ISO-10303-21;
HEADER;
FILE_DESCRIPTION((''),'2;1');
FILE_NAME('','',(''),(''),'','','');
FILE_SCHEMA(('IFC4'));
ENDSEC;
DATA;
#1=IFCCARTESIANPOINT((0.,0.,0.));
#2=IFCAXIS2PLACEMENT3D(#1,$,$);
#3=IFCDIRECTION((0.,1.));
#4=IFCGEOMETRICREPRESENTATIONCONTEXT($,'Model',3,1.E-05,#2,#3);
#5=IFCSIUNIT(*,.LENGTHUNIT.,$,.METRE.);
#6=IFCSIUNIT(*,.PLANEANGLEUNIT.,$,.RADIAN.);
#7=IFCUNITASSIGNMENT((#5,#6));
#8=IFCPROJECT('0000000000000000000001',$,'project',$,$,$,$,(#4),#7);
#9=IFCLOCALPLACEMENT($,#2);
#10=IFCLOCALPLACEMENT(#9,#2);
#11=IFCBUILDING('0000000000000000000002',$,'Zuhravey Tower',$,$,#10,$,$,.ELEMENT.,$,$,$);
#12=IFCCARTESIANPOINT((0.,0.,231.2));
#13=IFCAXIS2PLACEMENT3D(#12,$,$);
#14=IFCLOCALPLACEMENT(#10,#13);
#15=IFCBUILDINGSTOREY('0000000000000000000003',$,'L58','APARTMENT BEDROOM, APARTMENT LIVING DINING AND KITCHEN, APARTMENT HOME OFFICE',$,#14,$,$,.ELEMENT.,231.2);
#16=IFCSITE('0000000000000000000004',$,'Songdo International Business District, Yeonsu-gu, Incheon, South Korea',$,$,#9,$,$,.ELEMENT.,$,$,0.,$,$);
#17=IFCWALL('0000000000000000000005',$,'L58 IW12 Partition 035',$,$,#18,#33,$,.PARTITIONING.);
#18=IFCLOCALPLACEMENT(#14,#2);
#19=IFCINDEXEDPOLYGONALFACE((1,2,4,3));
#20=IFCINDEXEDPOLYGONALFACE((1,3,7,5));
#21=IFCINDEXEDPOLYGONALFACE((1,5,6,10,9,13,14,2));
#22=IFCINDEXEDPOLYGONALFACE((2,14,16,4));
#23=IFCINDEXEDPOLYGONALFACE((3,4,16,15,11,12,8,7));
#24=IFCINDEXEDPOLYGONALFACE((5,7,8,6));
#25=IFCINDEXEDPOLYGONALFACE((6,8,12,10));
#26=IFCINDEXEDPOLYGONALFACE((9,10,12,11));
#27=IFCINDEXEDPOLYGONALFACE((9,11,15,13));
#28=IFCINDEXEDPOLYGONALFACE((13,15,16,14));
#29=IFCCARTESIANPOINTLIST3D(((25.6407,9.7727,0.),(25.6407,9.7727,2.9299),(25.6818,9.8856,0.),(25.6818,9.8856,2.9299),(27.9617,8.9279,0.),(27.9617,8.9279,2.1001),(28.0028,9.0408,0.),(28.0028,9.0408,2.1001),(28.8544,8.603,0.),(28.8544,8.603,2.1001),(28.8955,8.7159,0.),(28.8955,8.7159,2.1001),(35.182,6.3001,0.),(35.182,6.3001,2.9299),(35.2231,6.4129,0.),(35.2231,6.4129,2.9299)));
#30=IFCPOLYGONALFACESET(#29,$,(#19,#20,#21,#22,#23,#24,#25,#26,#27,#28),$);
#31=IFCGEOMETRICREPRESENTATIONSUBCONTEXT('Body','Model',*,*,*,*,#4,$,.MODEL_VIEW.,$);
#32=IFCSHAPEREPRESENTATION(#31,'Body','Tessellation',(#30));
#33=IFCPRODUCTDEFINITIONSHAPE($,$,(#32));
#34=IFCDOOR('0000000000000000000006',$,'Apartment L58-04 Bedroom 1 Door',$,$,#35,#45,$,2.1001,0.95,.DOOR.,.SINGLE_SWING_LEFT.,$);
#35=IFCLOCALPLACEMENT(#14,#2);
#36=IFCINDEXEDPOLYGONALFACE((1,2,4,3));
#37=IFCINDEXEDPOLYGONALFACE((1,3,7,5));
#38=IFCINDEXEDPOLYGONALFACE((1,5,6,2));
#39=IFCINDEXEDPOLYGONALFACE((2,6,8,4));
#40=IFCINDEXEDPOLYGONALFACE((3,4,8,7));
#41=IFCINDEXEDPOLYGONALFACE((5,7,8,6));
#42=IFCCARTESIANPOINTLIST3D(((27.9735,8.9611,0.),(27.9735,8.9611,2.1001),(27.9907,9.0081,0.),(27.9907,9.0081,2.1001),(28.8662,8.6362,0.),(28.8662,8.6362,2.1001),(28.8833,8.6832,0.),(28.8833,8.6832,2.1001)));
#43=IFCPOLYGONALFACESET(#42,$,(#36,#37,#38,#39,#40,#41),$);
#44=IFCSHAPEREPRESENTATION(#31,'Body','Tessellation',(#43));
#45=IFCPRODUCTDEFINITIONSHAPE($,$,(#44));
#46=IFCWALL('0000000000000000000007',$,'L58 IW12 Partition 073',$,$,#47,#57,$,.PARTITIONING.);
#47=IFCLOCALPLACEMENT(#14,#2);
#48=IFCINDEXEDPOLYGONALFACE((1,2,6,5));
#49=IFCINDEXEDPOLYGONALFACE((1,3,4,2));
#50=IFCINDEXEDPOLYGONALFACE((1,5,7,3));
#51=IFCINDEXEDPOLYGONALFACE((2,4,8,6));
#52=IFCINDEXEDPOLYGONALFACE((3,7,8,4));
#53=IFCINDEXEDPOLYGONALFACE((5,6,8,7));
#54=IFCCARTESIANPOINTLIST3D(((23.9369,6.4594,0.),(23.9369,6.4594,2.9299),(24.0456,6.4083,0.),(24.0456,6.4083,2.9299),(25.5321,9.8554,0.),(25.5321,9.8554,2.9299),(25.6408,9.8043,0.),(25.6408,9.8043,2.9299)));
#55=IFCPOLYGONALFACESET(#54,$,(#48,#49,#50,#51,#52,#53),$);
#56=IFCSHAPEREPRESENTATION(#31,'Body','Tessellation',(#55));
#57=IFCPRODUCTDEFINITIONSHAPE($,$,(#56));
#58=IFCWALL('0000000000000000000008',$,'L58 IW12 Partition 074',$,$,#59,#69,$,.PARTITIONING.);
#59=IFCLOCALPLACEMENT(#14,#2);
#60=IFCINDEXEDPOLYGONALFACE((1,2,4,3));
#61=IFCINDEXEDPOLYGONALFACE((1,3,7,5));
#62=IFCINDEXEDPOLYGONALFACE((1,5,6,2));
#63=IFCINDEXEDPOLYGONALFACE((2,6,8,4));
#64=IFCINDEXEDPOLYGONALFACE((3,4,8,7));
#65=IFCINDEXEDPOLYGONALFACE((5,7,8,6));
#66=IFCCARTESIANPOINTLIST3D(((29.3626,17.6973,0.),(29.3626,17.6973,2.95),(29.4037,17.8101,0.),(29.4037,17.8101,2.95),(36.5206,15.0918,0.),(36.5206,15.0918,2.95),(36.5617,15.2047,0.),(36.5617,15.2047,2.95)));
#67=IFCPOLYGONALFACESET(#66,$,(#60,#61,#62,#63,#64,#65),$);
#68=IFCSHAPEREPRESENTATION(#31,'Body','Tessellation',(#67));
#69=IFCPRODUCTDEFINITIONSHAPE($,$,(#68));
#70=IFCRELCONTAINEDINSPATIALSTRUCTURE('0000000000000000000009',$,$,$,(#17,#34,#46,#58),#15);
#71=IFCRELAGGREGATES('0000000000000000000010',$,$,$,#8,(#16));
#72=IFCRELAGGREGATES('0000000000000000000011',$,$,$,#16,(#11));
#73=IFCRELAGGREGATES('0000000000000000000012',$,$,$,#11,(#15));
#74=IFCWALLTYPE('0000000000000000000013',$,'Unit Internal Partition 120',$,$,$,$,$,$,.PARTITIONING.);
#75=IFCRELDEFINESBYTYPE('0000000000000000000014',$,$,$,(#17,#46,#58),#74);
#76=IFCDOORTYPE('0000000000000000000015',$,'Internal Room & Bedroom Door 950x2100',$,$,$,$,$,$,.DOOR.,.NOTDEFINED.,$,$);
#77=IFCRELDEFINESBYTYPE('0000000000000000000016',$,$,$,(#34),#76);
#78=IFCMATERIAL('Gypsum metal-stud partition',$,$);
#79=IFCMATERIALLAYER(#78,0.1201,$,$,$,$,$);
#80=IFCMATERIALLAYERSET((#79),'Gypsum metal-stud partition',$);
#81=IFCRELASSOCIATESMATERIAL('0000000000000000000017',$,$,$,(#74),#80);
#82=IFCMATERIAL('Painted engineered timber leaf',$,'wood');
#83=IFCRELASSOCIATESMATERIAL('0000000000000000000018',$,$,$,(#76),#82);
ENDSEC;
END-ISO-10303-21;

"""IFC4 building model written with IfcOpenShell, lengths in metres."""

from ifc_helpers import new_model, si_unit, direction, frame, frame_2d, origin, place, context, subcontext, project, spatial, rectangle, extrude, material, layer, layer_set, type_object, element, fill, save


model = new_model("IFC4")

# Units and contexts
model_context = context("Model", 3, precision=1e-05, world=origin(), true_north=direction((0.0, 1.0)))
body_context = subcontext(model_context, "Body", "Model", "MODEL_VIEW")
ifc_project = project(units=[si_unit("LENGTHUNIT", "METRE"), si_unit("PLANEANGLEUNIT", "RADIAN")], contexts=[model_context])

# Site, building, storey
site_placement = place(None, origin())
site = spatial("IfcSite", under=ifc_project, at=site_placement, Name="Songdo International Business District, Yeonsu-gu, Incheon, South Korea", CompositionType="ELEMENT", RefElevation=0.0)
building_placement = place(site_placement, origin())
building = spatial("IfcBuilding", under=site, at=building_placement, Name="Zuhravey Tower", CompositionType="ELEMENT")
storey_placement = place(building_placement, frame((0.0, 0.0, 231.2)))
storey = spatial("IfcBuildingStorey", under=building, at=storey_placement, Name="L58", Description="APARTMENT BEDROOM, APARTMENT LIVING DINING AND KITCHEN, APARTMENT HOME OFFICE", CompositionType="ELEMENT", Elevation=231.2)

# Wall, opening, door
ifc_material_1 = material(Name="Gypsum metal-stud partition")
ifc_layer_1 = layer(ifc_material_1, 0.1201)
ifc_layer_set_1 = layer_set([ifc_layer_1], Name="Gypsum metal-stud partition")
wall_type_1 = type_object("IfcWallType", Name="Unit Internal Partition 120", PredefinedType="PARTITIONING", material=ifc_layer_set_1)
wall_1_placement = place(storey_placement, frame((25.6614, 9.8291, 0.0), z_axis=(0.0, 0.0, 1.0), x_axis=(0.939695, -0.342013, 0.0)))
wall_1 = element("IfcWall", 1, at=wall_1_placement, inside=storey, type_object=wall_type_1, Name="L58 IW12 Partition 035", PredefinedType="PARTITIONING", context=body_context, shape_type="SweptSolid", body=[
    extrude(rectangle(XDim=10.1536, YDim=0.1201, at=frame_2d((5.0767, 0.0))), origin(), (0.0, 0.0, 1.0), 2.9299),
])
opening_placement = place(wall_1_placement, frame((2.4697, 0.0, 0.0)))
opening = element("IfcOpeningElement", 2, at=opening_placement, cuts=wall_1, PredefinedType="OPENING", context=body_context, shape_type="SweptSolid", body=[
    extrude(rectangle(XDim=0.95, YDim=2.1001, at=frame_2d((0.4751, 1.05))), frame((0.0, 0.072, 0.0), z_axis=(0.0, -1.0, 0.0), x_axis=(1.0, 0.0, 0.0)), (0.0, 0.0, 1.0), 0.144),
])
ifc_material_2 = material(Name="Painted engineered timber leaf", Category="wood")
door_type = type_object("IfcDoorType", Name="Internal Room & Bedroom Door 950x2100", OperationType="NOTDEFINED", PredefinedType="DOOR", material=ifc_material_2)
door_placement = place(opening_placement, frame((0.95, 0.0, 0.0), z_axis=(0.0, 0.0, 1.0), x_axis=(-1.0, 0.0, 0.0)))
door = element("IfcDoor", 3, at=door_placement, inside=storey, type_object=door_type, Name="Apartment L58-04 Bedroom 1 Door", OperationType="SINGLE_SWING_LEFT", OverallHeight=2.1001, OverallWidth=0.95, PredefinedType="DOOR", context=body_context, shape_type="SweptSolid", body=[
    extrude(rectangle(XDim=0.95, YDim=2.1001, at=frame_2d((0.4751, 1.05))), frame((0.0, 0.0249, 0.0), z_axis=(0.0, -1.0, 0.0), x_axis=(1.0, 0.0, 0.0)), (0.0, 0.0, 1.0), 0.05),
])
fill(opening, door)

# Walls
wall_2_placement = place(storey_placement, frame((25.5864, 9.8298, 0.0), z_axis=(0.0, 0.0, 1.0), x_axis=(-0.425164, -0.905116, 0.0)))
element("IfcWall", 4, at=wall_2_placement, inside=storey, type_object=wall_type_1, Name="L58 IW12 Partition 073", PredefinedType="PARTITIONING", context=body_context, shape_type="SweptSolid", body=[
    extrude(rectangle(XDim=3.752, YDim=0.1201, at=frame_2d((1.876, 0.0))), origin(), (0.0, 0.0, 1.0), 2.9299),
])
wall_3_placement = place(storey_placement, frame((29.3833, 17.7537, 0.0), z_axis=(0.0, 0.0, 1.0), x_axis=(0.939685, -0.342042, 0.0)))
element("IfcWall", 5, at=wall_3_placement, inside=storey, type_object=wall_type_1, Name="L58 IW12 Partition 074", PredefinedType="PARTITIONING", context=body_context, shape_type="SweptSolid", body=[
    extrude(rectangle(XDim=7.6174, YDim=0.1201, at=frame_2d((3.8086, 0.0))), origin(), (0.0, 0.0, 1.0), 2.95),
])

save(model, "model.ifc")
